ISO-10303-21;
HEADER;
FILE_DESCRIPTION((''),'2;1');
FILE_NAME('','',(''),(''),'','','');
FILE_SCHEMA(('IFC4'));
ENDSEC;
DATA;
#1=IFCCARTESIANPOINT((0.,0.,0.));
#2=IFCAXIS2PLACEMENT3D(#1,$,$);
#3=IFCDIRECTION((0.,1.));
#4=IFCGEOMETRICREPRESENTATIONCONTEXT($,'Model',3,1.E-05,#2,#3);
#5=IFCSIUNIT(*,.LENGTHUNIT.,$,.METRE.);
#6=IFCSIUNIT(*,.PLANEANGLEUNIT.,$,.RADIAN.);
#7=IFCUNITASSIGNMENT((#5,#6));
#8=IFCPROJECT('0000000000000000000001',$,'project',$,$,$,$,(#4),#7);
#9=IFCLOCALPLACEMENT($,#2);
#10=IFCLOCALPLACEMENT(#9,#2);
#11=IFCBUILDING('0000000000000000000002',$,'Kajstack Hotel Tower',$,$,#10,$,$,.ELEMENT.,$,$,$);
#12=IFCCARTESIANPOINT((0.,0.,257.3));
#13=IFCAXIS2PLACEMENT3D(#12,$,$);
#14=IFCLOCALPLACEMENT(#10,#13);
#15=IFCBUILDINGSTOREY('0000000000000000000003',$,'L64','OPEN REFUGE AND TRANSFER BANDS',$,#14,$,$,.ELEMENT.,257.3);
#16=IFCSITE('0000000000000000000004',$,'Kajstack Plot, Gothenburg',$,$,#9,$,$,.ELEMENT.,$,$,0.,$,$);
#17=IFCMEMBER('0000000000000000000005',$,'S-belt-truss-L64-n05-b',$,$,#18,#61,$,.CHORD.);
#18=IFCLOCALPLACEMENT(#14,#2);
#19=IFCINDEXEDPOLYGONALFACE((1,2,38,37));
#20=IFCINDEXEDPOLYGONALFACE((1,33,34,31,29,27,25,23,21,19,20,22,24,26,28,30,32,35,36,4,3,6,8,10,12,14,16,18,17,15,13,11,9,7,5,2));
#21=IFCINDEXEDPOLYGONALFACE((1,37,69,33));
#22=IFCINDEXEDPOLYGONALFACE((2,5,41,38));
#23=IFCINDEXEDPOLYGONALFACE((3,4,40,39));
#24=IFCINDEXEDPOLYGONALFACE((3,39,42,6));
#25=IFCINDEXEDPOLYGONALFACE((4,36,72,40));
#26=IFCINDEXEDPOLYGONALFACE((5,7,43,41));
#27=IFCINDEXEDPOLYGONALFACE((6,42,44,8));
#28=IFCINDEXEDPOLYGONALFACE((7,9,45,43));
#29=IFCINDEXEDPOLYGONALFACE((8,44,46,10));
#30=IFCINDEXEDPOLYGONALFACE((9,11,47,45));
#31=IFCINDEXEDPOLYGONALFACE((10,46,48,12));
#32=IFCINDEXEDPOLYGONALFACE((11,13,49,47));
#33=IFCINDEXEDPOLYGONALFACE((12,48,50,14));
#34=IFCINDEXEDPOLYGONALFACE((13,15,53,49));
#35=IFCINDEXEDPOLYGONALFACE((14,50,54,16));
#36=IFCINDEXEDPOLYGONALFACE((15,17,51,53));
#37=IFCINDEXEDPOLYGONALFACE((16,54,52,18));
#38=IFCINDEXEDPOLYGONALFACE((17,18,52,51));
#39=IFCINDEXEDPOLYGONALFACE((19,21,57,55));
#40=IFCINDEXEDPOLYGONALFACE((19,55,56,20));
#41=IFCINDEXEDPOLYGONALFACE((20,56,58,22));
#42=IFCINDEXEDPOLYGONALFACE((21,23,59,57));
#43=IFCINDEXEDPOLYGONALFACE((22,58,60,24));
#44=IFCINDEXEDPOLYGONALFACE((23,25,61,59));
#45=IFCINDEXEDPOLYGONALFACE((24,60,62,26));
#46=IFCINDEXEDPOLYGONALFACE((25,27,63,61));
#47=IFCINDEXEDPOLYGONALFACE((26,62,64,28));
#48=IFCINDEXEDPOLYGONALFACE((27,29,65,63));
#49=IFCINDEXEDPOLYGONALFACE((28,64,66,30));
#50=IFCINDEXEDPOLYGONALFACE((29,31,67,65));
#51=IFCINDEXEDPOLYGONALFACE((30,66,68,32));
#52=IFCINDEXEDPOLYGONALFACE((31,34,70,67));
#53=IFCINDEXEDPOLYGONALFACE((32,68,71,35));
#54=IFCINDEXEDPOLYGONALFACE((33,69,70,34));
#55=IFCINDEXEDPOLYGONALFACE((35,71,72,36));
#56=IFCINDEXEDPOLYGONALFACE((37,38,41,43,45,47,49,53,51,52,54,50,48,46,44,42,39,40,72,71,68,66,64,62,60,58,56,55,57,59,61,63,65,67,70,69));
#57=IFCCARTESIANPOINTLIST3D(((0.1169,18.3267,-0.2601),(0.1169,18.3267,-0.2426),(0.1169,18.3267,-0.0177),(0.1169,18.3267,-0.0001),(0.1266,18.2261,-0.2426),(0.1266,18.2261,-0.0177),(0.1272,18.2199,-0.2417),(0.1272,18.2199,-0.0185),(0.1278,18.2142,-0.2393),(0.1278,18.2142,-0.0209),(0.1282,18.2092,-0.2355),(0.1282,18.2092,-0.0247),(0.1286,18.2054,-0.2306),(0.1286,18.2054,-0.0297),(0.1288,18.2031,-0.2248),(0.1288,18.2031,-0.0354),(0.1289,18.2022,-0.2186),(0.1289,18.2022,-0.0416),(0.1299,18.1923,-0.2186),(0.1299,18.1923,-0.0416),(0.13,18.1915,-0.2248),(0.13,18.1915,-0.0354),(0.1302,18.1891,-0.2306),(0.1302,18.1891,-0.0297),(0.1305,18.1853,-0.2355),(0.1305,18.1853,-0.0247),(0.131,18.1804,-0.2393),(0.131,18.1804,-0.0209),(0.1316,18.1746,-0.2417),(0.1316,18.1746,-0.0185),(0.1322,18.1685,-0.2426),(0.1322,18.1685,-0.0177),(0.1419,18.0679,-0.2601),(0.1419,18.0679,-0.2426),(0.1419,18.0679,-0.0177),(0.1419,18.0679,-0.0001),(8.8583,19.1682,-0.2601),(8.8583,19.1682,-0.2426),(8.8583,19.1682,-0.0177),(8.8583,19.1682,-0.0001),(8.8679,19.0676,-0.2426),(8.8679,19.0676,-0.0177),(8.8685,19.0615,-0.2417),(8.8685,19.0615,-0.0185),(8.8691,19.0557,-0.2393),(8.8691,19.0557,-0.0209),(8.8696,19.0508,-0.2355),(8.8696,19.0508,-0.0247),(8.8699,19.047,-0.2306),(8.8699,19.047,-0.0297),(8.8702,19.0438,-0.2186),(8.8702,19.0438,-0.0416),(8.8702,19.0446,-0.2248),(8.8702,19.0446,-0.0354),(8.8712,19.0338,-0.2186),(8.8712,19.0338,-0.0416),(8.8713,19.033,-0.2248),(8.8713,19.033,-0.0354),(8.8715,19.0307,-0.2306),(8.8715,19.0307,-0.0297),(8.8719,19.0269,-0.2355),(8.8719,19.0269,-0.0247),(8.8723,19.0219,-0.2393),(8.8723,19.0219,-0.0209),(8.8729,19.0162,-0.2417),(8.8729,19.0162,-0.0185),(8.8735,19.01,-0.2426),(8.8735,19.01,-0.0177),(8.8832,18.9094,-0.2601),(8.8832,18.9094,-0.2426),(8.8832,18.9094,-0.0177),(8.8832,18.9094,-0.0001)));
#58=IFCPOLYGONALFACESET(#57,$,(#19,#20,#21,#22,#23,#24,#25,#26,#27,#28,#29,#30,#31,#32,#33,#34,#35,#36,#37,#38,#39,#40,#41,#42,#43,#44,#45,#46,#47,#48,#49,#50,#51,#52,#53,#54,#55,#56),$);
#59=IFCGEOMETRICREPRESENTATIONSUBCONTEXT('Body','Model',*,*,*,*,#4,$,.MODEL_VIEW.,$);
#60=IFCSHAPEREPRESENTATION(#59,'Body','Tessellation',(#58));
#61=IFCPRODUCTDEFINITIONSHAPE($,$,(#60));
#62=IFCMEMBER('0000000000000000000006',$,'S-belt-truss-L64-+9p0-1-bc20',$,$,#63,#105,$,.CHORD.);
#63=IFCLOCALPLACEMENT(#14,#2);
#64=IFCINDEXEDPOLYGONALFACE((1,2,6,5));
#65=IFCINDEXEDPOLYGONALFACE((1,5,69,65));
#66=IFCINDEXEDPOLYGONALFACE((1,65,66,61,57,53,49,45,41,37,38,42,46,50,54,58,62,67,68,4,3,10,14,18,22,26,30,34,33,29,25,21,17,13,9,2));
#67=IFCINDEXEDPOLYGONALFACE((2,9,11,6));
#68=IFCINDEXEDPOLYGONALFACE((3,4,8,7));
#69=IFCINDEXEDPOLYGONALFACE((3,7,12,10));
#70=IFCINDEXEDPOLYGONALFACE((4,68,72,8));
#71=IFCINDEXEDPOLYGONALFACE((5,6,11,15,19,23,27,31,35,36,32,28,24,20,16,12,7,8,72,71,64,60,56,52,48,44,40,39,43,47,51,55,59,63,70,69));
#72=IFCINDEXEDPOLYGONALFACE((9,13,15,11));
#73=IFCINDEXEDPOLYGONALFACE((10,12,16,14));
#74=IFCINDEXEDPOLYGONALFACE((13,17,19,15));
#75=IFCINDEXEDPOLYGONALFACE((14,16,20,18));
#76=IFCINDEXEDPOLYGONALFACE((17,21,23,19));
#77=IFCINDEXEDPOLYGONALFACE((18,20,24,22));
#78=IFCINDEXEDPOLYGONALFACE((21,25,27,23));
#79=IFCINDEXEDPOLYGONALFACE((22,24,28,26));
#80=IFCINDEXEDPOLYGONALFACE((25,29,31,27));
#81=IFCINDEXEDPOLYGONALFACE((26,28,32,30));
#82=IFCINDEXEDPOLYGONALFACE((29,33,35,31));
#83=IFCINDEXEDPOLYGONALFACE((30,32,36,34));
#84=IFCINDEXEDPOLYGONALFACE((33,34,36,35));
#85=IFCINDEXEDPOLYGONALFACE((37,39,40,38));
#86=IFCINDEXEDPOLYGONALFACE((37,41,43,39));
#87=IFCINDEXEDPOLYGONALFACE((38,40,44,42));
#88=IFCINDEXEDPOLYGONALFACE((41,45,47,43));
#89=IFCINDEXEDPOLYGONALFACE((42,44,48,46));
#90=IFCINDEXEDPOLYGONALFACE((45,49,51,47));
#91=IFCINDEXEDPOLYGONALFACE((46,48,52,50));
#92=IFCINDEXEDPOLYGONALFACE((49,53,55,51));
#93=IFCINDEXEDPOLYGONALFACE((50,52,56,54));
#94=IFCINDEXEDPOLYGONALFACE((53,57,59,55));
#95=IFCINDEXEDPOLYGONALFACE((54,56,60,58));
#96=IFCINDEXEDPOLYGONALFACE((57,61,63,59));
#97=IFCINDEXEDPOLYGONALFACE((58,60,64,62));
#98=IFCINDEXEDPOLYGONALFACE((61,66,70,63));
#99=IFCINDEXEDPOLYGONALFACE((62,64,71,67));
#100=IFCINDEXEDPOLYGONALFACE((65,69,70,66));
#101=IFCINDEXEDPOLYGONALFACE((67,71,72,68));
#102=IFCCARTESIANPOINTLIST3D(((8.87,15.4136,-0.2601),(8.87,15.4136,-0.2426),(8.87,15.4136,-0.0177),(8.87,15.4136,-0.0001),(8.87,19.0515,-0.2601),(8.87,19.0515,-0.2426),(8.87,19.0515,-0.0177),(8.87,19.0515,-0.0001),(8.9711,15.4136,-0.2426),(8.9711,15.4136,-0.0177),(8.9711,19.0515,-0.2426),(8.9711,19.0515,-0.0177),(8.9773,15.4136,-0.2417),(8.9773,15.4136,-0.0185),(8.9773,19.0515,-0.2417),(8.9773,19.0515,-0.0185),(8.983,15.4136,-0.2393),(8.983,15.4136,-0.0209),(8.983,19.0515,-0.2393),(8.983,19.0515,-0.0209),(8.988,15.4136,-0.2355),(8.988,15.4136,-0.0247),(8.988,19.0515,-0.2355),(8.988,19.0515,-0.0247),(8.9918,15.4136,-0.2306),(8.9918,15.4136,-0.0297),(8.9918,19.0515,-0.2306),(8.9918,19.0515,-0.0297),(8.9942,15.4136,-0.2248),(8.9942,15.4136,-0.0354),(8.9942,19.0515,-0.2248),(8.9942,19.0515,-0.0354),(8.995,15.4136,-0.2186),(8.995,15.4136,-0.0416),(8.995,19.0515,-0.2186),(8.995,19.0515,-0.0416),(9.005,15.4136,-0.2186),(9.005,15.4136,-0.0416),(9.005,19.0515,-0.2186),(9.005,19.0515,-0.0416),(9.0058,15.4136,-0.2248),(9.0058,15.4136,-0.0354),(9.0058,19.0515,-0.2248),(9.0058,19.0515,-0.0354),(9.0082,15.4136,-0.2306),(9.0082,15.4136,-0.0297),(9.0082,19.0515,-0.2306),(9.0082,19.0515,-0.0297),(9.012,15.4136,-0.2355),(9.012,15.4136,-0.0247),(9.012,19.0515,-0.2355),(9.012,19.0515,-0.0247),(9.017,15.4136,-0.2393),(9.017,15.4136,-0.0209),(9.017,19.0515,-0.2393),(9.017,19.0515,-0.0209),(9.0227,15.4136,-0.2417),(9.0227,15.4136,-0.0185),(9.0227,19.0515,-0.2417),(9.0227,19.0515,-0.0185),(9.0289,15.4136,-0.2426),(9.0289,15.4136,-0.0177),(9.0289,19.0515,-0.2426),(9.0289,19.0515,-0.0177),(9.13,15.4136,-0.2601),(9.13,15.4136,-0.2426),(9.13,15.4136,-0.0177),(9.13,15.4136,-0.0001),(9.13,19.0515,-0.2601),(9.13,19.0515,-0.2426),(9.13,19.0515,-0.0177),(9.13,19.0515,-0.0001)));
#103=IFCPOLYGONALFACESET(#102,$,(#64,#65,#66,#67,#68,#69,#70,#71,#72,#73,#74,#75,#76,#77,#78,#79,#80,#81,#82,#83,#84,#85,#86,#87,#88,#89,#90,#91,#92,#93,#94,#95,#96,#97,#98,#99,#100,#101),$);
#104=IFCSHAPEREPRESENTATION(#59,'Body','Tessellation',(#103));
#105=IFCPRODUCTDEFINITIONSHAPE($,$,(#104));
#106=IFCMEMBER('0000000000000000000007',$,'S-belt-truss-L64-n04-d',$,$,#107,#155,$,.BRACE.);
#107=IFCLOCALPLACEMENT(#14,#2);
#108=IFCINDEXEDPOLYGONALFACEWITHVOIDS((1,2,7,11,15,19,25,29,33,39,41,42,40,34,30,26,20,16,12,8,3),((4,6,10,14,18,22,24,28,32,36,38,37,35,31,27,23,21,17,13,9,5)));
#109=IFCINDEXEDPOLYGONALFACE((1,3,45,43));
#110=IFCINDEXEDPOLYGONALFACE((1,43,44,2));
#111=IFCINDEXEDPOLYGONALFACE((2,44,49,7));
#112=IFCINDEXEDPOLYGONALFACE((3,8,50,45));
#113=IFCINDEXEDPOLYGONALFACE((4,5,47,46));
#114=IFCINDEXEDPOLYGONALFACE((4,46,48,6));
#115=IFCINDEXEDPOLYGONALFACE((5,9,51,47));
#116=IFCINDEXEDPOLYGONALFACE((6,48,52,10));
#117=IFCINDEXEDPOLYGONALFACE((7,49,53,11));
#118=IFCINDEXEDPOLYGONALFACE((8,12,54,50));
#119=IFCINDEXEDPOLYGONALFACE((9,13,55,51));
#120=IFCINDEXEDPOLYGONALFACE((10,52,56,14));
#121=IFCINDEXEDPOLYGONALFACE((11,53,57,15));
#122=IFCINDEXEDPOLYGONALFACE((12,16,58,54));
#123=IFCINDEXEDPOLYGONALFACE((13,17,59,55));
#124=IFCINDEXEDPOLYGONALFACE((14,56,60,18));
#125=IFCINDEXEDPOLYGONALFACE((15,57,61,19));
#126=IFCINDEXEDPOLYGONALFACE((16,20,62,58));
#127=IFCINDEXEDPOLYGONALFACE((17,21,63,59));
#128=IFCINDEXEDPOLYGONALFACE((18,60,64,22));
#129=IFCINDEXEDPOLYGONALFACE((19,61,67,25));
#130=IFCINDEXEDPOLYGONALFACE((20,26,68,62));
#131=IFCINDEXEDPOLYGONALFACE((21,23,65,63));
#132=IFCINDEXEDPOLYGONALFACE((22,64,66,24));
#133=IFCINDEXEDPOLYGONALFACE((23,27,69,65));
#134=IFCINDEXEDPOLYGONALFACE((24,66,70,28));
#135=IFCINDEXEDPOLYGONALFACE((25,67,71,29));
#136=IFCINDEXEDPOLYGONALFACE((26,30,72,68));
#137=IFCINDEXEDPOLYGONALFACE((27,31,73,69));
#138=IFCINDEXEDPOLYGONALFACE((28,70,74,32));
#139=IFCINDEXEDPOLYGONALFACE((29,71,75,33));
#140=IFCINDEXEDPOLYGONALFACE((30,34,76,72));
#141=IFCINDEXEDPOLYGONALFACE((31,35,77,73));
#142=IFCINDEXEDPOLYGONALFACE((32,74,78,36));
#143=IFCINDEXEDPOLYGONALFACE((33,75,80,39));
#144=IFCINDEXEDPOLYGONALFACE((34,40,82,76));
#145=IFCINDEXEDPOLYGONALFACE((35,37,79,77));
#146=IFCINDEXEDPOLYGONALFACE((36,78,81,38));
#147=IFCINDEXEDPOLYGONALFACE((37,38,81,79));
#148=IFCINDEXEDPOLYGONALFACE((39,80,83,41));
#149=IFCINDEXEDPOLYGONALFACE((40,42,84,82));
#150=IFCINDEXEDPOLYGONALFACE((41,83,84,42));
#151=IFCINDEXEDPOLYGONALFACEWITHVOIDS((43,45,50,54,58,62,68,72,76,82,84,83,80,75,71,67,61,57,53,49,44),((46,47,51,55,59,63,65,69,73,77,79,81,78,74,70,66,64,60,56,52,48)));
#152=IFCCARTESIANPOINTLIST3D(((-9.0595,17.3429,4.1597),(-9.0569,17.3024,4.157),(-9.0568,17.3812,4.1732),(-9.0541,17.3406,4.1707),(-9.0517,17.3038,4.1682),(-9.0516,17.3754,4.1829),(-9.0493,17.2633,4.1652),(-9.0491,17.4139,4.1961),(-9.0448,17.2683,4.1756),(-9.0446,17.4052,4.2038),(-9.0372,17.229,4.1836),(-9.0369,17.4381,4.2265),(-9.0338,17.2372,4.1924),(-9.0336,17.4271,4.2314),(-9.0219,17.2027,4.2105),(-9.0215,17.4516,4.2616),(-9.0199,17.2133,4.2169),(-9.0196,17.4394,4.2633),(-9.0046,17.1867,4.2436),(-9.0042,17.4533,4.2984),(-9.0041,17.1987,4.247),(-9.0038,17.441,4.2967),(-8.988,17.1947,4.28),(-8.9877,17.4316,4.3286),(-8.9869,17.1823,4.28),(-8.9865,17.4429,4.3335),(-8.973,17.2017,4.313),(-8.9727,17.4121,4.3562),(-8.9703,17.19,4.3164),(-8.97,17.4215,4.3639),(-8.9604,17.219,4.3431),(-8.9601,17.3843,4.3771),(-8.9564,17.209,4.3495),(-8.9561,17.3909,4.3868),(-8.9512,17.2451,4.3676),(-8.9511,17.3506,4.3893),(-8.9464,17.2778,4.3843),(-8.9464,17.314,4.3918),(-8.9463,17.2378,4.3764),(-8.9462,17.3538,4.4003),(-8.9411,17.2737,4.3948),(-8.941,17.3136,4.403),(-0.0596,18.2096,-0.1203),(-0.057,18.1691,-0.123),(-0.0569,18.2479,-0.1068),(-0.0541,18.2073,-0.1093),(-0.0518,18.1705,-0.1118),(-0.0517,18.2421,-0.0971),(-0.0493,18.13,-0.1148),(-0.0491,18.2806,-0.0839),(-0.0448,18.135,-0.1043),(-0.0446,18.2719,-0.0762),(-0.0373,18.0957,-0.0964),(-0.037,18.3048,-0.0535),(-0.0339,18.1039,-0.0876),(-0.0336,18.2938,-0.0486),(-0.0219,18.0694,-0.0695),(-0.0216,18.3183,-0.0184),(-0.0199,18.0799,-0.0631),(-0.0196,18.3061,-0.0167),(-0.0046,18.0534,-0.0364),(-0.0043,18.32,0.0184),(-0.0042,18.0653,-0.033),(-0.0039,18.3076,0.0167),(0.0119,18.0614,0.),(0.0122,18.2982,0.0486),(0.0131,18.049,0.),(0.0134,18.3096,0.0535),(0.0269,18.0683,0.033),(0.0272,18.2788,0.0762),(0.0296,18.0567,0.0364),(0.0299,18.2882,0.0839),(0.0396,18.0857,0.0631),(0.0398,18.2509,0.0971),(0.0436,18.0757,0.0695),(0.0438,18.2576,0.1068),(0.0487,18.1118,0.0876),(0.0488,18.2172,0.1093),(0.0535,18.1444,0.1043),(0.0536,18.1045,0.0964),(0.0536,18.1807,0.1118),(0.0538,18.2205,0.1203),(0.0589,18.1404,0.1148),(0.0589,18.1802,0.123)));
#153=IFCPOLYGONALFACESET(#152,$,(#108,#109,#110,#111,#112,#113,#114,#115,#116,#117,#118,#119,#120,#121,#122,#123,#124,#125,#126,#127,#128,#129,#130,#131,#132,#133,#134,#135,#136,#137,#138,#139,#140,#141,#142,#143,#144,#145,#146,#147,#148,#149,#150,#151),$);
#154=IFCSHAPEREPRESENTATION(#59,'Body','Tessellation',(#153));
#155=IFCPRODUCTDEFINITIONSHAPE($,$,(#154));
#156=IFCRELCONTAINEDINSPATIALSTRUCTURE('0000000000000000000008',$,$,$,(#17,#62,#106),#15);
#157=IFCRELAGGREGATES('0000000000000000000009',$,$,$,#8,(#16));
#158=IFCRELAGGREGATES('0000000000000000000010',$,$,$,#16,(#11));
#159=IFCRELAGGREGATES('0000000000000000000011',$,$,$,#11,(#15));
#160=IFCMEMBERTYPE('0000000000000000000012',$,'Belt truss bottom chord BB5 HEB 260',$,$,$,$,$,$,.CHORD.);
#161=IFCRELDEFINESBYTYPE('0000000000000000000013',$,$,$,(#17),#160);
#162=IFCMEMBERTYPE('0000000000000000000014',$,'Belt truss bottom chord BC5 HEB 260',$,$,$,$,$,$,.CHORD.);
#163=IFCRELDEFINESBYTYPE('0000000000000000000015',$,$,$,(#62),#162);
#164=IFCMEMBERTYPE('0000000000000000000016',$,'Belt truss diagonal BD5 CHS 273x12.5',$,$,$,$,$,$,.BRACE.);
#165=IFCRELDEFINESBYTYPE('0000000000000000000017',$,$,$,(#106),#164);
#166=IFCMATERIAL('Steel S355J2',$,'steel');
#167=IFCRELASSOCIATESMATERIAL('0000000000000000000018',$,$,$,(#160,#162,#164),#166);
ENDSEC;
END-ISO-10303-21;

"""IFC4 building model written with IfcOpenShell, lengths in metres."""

from ifc_helpers import new_model, si_unit, direction, frame, origin, origin_2d, place, context, subcontext, project, spatial, hollow_circle, i_section, extrude, material, material_profile, profile_set, type_object, element, save


model = new_model("IFC4")

# Units and contexts
model_context = context("Model", 3, precision=1e-05, world=origin(), true_north=direction((0.0, 1.0)))
body_context = subcontext(model_context, "Body", "Model", "MODEL_VIEW")
ifc_project = project(units=[si_unit("LENGTHUNIT", "METRE"), si_unit("PLANEANGLEUNIT", "RADIAN")], contexts=[model_context])

# Site, building, storey
site_placement = place(None, origin())
site = spatial("IfcSite", under=ifc_project, at=site_placement, Name="Kajstack Plot, Gothenburg", CompositionType="ELEMENT", RefElevation=0.0)
building_placement = place(site_placement, origin())
building = spatial("IfcBuilding", under=site, at=building_placement, Name="Kajstack Hotel Tower", CompositionType="ELEMENT")
storey_placement = place(building_placement, frame((0.0, 0.0, 257.3)))
storey = spatial("IfcBuildingStorey", under=building, at=storey_placement, Name="L64", Description="OPEN REFUGE AND TRANSFER BANDS", CompositionType="ELEMENT", Elevation=257.3)

# Members
ifc_material = material(Name="Steel S355J2", Category="steel")
ifc_material_profile_1 = material_profile(ifc_material, i_section(OverallWidth=0.26, OverallDepth=0.26, WebThickness=0.01, FlangeThickness=0.0176, FilletRadius=0.0239, at=origin_2d()), Name="HEB 260")
ifc_profile_set_1 = profile_set([ifc_material_profile_1], Name="Steel S355J2")
member_type_1 = type_object("IfcMemberType", Name="Belt truss bottom chord BB5 HEB 260", PredefinedType="CHORD", material=ifc_profile_set_1)
member_1_placement = place(storey_placement, frame((0.1294, 18.1973, -0.1301), z_axis=(0.995398, 0.095831, 0.0), x_axis=(-0.095831, 0.995398, 0.0)))
element("IfcMember", 1, at=member_1_placement, inside=storey, type_object=member_type_1, Name="S-belt-truss-L64-n05-b", PredefinedType="CHORD", context=body_context, shape_type="SweptSolid", body=[
    extrude(i_section(OverallWidth=0.26, OverallDepth=0.26, WebThickness=0.01, FlangeThickness=0.0176, FilletRadius=0.0239, at=origin_2d()), origin(), (0.0, 0.0, 1.0), 8.7817),
])
ifc_material_profile_2 = material_profile(ifc_material, i_section(OverallWidth=0.26, OverallDepth=0.26, WebThickness=0.01, FlangeThickness=0.0176, FilletRadius=0.0239, at=origin_2d()), Name="HEB 260")
ifc_profile_set_2 = profile_set([ifc_material_profile_2], Name="Steel S355J2")
member_type_2 = type_object("IfcMemberType", Name="Belt truss bottom chord BC5 HEB 260", PredefinedType="CHORD", material=ifc_profile_set_2)
member_2_placement = place(storey_placement, frame((9.0, 15.4136, -0.1301), z_axis=(0.0, 1.0, 0.0), x_axis=(-1.0, 0.0, 0.0)))
element("IfcMember", 2, at=member_2_placement, inside=storey, type_object=member_type_2, Name="S-belt-truss-L64-+9p0-1-bc20", PredefinedType="CHORD", context=body_context, shape_type="SweptSolid", body=[
    extrude(i_section(OverallWidth=0.26, OverallDepth=0.26, WebThickness=0.01, FlangeThickness=0.0176, FilletRadius=0.0239, at=origin_2d()), origin(), (0.0, 0.0, 1.0), 3.6379),
])
ifc_material_profile_3 = material_profile(ifc_material, hollow_circle(Radius=0.1365, WallThickness=0.0125, at=origin_2d()), Name="CHS 273x12.5")
ifc_profile_set_3 = profile_set([ifc_material_profile_3], Name="Steel S355J2")
member_type_3 = type_object("IfcMemberType", Name="Belt truss diagonal BD5 CHS 273x12.5", PredefinedType="BRACE", material=ifc_profile_set_3)
for number, where, z_axis, x_axis, name in (
    (3, (0.0, 18.1848, 0.0), (-0.899686, -0.08664, 0.427854), (0.095856, -0.995395, 0.0), "S-belt-truss-L64-n04-d"),
):
    element("IfcMember", number, at=place(storey_placement, frame(where, z_axis=z_axis, x_axis=x_axis)), inside=storey, type_object=member_type_3, Name=name, PredefinedType="BRACE", context=body_context, shape_type="SweptSolid", body=[
        extrude(hollow_circle(Radius=0.1365, WallThickness=0.0125, at=origin_2d()), origin(), (0.0, 0.0, 1.0), 10.0034),
    ])

save(model, "model.ifc")
